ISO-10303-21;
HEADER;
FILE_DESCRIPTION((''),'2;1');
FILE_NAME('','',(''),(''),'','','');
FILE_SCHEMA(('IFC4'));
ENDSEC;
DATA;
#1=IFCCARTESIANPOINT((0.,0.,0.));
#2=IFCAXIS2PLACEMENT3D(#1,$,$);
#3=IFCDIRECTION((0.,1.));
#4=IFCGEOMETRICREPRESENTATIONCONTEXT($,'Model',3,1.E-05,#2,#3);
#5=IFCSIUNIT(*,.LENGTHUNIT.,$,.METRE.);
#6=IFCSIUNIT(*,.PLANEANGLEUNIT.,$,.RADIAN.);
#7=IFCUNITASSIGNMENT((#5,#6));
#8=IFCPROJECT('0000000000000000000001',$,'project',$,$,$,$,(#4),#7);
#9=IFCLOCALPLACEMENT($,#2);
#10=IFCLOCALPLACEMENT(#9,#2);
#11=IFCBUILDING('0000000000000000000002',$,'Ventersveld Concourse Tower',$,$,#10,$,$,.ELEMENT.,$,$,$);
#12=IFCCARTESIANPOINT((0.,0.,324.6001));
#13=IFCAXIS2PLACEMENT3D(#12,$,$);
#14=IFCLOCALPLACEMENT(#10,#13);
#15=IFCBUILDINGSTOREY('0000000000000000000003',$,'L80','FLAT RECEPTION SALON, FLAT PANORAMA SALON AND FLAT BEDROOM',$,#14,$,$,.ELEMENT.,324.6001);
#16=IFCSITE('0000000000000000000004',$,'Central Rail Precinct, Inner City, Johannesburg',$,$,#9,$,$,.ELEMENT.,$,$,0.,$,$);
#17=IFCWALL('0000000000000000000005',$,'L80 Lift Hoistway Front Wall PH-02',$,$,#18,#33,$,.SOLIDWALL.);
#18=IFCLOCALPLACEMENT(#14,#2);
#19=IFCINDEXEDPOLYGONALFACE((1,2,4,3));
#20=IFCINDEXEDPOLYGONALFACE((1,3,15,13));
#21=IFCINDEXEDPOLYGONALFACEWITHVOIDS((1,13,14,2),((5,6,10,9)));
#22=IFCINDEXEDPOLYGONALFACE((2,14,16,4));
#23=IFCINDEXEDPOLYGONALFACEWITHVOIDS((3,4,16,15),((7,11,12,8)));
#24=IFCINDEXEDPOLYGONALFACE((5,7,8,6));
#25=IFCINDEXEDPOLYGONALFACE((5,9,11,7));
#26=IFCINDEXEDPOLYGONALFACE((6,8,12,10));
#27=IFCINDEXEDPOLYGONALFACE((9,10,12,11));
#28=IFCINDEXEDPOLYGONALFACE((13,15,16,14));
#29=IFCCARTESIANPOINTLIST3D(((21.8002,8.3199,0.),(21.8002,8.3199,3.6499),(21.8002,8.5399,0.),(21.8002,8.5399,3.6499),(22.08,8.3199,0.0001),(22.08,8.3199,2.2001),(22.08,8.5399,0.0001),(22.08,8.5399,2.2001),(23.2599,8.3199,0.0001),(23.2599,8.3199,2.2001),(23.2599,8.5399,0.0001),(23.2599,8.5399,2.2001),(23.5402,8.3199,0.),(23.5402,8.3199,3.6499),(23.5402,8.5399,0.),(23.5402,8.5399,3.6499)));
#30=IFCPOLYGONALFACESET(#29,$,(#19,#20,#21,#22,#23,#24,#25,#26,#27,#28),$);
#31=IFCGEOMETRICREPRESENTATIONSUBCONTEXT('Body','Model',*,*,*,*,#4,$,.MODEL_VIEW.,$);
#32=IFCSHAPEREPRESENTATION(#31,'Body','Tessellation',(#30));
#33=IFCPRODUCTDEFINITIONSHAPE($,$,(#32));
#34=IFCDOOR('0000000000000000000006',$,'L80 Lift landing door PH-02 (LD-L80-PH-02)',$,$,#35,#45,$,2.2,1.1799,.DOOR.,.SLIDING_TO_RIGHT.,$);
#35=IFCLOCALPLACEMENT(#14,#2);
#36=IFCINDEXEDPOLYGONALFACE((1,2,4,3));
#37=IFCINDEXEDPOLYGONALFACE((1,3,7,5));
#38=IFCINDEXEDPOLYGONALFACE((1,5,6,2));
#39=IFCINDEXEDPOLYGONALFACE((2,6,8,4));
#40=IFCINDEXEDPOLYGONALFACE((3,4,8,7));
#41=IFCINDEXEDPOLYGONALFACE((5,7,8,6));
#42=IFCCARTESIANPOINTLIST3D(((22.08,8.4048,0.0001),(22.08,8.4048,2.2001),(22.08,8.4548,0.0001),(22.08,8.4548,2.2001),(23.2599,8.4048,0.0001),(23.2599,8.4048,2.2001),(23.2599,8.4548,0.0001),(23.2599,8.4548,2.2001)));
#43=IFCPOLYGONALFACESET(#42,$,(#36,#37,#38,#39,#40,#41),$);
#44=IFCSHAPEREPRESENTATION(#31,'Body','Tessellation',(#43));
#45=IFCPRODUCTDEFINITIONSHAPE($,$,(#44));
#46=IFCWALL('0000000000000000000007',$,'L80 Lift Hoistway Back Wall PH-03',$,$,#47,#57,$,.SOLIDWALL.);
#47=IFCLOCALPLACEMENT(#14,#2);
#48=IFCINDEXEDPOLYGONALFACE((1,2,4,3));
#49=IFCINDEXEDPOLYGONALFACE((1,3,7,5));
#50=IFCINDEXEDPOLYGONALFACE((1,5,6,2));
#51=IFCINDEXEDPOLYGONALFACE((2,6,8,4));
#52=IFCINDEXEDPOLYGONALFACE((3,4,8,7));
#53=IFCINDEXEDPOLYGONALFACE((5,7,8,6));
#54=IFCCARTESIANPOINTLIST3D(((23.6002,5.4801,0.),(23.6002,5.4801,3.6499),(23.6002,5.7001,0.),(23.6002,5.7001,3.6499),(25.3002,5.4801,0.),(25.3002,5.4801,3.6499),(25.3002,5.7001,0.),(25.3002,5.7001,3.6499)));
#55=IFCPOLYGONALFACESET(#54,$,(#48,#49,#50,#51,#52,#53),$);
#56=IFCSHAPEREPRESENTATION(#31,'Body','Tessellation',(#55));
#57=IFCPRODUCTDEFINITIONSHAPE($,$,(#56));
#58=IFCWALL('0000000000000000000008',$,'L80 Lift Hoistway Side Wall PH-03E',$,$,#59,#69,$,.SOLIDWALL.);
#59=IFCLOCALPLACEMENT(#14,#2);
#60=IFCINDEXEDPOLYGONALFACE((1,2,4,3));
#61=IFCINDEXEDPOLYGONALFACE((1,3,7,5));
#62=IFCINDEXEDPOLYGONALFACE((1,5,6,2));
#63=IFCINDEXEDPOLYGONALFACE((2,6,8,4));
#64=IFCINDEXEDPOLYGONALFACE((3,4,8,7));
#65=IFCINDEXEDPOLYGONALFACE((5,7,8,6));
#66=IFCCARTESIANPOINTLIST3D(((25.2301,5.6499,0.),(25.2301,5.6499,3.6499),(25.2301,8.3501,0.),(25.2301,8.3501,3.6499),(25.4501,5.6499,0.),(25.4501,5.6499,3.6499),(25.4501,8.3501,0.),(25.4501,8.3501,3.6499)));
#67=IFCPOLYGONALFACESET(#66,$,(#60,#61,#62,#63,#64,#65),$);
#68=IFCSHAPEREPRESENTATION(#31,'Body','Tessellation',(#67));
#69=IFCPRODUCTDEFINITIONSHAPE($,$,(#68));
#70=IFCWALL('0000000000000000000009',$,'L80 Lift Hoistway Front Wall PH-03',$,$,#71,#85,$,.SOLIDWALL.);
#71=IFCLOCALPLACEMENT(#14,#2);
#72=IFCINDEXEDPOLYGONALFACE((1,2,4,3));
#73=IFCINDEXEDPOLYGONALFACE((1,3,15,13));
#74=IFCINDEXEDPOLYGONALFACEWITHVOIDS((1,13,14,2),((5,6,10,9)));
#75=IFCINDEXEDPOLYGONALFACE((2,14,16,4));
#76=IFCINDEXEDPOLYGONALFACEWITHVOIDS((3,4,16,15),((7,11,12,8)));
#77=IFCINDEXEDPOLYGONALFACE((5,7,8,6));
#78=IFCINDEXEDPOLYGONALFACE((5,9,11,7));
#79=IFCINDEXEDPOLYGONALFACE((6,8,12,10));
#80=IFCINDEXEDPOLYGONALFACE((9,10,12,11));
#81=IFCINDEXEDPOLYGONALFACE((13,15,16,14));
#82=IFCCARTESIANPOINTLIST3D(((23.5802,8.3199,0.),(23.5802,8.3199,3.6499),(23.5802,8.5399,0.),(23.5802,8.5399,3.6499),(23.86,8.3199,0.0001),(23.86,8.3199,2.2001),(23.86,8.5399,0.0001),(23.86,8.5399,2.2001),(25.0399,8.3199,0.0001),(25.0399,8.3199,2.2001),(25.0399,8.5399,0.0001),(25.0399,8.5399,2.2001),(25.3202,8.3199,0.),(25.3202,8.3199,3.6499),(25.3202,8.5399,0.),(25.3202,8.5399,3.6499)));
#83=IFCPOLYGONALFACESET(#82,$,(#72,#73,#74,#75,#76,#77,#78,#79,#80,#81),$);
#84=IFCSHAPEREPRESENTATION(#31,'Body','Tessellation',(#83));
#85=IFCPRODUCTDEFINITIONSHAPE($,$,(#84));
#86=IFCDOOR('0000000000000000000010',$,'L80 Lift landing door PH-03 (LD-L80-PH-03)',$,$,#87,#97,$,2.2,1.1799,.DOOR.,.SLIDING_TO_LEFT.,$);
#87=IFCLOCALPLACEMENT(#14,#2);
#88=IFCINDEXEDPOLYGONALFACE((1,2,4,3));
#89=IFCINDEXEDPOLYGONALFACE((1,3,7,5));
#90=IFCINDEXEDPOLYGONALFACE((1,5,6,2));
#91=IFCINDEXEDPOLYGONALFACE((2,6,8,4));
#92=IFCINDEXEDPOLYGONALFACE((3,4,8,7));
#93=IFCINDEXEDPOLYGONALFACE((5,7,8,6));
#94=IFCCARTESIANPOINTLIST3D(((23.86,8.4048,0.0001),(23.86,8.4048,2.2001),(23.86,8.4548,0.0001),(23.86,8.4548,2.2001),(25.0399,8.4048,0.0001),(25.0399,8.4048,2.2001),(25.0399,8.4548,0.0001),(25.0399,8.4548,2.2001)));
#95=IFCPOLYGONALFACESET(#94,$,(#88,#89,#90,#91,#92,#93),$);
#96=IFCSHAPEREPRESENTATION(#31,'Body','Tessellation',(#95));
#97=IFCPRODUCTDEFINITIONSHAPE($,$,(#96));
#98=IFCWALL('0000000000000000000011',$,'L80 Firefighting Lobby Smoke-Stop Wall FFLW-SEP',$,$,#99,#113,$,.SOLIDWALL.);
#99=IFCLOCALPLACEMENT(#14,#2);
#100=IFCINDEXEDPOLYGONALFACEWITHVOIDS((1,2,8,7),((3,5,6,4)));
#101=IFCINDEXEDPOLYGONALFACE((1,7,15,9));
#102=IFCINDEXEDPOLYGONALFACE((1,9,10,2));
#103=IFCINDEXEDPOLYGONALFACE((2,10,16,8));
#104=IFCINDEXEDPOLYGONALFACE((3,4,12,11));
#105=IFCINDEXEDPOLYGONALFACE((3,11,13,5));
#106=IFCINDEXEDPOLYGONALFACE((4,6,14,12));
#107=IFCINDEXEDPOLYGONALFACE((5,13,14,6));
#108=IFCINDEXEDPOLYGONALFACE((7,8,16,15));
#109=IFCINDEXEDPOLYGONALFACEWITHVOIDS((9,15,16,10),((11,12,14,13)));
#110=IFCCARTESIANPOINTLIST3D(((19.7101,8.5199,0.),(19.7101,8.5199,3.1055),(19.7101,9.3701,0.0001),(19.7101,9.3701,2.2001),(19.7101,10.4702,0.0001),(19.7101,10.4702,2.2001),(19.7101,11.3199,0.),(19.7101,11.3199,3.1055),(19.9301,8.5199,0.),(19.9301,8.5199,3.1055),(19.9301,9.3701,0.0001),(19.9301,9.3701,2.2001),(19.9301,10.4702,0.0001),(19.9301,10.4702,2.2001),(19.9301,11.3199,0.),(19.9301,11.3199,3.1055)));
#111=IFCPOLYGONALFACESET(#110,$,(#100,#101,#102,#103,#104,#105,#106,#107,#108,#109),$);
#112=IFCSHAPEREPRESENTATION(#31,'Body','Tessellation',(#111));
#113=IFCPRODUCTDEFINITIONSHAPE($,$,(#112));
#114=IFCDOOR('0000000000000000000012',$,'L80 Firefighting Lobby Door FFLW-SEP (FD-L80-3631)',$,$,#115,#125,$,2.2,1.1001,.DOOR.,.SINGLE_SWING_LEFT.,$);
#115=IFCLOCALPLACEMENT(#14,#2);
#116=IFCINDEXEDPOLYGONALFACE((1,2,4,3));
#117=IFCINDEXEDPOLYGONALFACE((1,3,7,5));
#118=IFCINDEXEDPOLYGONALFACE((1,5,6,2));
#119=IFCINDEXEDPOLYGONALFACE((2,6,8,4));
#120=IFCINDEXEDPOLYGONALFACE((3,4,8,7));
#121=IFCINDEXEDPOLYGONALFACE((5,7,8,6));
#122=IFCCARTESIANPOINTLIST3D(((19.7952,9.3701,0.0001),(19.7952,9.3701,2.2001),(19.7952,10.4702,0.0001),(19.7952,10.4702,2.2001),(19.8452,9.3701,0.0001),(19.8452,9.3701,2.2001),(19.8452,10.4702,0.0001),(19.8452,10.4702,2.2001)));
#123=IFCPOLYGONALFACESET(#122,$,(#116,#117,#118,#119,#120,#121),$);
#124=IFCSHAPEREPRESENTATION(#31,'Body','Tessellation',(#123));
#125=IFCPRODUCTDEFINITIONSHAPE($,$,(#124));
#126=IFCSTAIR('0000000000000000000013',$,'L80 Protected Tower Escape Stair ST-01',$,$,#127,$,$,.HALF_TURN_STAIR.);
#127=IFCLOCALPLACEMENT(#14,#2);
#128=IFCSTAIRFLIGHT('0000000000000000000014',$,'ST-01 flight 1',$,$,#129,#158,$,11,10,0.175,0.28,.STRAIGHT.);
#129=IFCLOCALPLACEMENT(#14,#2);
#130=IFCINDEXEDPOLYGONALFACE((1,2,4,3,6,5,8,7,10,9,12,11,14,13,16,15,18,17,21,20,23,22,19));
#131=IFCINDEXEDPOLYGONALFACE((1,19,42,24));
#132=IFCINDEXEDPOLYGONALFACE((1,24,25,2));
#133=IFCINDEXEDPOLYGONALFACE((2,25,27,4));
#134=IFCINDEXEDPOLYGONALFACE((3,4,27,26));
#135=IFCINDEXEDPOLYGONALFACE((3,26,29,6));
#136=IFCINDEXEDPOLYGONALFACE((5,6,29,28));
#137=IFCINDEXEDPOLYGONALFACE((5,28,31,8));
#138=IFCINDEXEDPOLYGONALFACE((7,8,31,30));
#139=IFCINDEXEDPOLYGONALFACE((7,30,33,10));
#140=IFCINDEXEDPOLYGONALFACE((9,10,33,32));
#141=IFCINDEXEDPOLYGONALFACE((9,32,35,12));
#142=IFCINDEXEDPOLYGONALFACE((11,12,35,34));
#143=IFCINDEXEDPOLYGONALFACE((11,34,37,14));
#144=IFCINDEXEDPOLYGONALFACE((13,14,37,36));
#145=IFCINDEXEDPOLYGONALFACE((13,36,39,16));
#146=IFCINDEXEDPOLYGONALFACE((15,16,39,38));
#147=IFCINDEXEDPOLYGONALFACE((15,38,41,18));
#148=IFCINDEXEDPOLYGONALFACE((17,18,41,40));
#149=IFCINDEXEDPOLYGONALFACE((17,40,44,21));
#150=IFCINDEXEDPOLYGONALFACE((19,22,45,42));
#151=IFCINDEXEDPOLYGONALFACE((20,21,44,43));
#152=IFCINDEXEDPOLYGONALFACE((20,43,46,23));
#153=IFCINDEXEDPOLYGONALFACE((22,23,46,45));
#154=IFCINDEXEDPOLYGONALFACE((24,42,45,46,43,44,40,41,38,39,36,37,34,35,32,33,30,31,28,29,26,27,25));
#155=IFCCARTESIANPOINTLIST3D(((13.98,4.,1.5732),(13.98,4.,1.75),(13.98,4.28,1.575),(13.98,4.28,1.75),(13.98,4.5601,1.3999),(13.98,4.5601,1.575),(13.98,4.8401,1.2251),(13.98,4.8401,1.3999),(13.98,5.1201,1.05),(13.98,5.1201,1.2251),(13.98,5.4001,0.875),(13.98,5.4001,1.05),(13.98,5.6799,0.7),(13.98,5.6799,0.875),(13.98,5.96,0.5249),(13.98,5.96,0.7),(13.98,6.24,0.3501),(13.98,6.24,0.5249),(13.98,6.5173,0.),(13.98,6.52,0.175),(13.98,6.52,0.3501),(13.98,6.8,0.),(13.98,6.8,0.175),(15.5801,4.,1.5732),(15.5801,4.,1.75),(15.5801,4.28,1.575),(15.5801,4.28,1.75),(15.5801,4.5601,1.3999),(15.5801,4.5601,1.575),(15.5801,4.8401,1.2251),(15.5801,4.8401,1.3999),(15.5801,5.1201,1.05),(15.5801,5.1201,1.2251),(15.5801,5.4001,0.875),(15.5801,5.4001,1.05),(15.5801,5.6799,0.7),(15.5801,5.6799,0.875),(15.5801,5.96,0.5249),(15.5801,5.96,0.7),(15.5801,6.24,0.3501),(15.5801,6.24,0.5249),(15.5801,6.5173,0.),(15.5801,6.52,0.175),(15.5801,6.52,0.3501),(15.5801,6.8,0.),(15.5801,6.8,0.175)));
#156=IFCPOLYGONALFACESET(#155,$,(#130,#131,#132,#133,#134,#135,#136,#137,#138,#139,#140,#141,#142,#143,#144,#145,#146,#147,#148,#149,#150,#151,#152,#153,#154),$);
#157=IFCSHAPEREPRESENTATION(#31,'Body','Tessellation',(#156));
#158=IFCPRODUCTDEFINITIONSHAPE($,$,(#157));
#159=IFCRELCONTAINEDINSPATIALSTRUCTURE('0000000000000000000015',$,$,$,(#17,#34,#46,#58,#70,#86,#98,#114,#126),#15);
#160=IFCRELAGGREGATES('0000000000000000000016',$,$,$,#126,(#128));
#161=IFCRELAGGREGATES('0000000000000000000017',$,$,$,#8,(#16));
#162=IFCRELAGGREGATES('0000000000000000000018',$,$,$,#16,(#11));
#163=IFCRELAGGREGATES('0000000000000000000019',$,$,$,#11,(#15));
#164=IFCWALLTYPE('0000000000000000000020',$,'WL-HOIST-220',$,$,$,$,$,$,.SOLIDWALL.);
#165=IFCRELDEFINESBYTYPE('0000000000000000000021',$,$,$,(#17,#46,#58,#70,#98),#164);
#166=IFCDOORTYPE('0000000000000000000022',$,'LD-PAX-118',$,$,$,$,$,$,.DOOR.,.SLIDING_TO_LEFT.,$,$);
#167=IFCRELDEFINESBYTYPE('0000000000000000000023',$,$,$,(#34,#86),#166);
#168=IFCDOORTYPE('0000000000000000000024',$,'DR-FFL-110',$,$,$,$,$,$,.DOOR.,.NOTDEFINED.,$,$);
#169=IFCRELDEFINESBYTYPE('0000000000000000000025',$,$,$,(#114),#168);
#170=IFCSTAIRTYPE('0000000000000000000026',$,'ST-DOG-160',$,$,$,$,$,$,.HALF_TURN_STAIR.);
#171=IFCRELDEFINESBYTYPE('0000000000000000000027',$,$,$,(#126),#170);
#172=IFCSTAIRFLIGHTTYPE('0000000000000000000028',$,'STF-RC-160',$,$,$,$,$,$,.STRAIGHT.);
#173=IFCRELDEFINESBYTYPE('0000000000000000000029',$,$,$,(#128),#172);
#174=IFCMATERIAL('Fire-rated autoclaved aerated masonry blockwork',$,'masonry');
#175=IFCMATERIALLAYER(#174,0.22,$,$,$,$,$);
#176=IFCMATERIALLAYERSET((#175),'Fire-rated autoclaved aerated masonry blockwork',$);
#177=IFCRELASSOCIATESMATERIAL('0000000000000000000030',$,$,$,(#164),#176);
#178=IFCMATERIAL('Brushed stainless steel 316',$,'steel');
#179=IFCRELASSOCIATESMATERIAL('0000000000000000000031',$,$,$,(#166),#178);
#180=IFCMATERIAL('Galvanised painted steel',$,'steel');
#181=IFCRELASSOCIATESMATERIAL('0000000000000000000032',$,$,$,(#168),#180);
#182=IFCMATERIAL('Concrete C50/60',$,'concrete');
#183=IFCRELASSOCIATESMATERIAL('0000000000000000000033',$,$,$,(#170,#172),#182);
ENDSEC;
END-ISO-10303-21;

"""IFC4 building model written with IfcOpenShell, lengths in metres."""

from ifc_helpers import new_model, si_unit, direction, frame, frame_2d, origin, place, context, subcontext, project, spatial, polyline, rectangle, outline, extrude, material, layer, layer_set, type_object, element, fill, aggregate, save


model = new_model("IFC4")

# Units and contexts
model_context = context("Model", 3, precision=1e-05, world=origin(), true_north=direction((0.0, 1.0)))
body_context = subcontext(model_context, "Body", "Model", "MODEL_VIEW")
ifc_project = project(units=[si_unit("LENGTHUNIT", "METRE"), si_unit("PLANEANGLEUNIT", "RADIAN")], contexts=[model_context])

# Site, building, storey
site_placement = place(None, origin())
site = spatial("IfcSite", under=ifc_project, at=site_placement, Name="Central Rail Precinct, Inner City, Johannesburg", CompositionType="ELEMENT", RefElevation=0.0)
building_placement = place(site_placement, origin())
building = spatial("IfcBuilding", under=site, at=building_placement, Name="Ventersveld Concourse Tower", CompositionType="ELEMENT")
storey_placement = place(building_placement, frame((0.0, 0.0, 324.6001)))
storey = spatial("IfcBuildingStorey", under=building, at=storey_placement, Name="L80", Description="FLAT RECEPTION SALON, FLAT PANORAMA SALON AND FLAT BEDROOM", CompositionType="ELEMENT", Elevation=324.6001)

# Shared definitions
ifc_material_1 = material(Name="Concrete C50/60", Category="concrete")

# Shared definitions
ifc_material_2 = material(Name="Fire-rated autoclaved aerated masonry blockwork", Category="masonry")
ifc_material_3 = material(Name="Galvanised painted steel", Category="steel")

# Shared definitions
ifc_layer_1 = layer(ifc_material_2, 0.22)
ifc_layer_set_1 = layer_set([ifc_layer_1], Name="Fire-rated autoclaved aerated masonry blockwork")
wall_type_1 = type_object("IfcWallType", Name="WL-HOIST-220", PredefinedType="SOLIDWALL", material=ifc_layer_set_1)

# Shared definitions
ifc_material_4 = material(Name="Brushed stainless steel 316", Category="steel")

# Shared definitions
door_type_1 = type_object("IfcDoorType", Name="LD-PAX-118", OperationType="SLIDING_TO_LEFT", PredefinedType="DOOR", material=ifc_material_4)

# Wall, opening, door
wall_1_placement = place(storey_placement, frame((21.8, 8.4299, 0.0), z_axis=(0.0, 0.0, 1.0), x_axis=(1.0, 0.0, 0.0)))
wall_1 = element("IfcWall", 1, at=wall_1_placement, inside=storey, type_object=wall_type_1, Name="L80 Lift Hoistway Front Wall PH-02", PredefinedType="SOLIDWALL", context=body_context, shape_type="SweptSolid", body=[
    extrude(rectangle(XDim=1.74, YDim=0.22, at=frame_2d((0.8701, 0.0))), origin(), (0.0, 0.0, 1.0), 3.6499),
])
opening_1_placement = place(wall_1_placement, frame((0.28, 0.0, 0.0)))
opening_1 = element("IfcOpeningElement", 2, at=opening_1_placement, cuts=wall_1, PredefinedType="OPENING", context=body_context, shape_type="SweptSolid", body=[
    extrude(rectangle(XDim=1.1799, YDim=2.2, at=frame_2d((0.5898, 1.1001))), frame((0.0, 0.1201, 0.0), z_axis=(0.0, -1.0, 0.0), x_axis=(1.0, 0.0, 0.0)), (0.0, 0.0, 1.0), 0.24),
])
door_1_placement = place(opening_1_placement, origin())
door_1 = element("IfcDoor", 3, at=door_1_placement, inside=storey, type_object=door_type_1, Name="L80 Lift landing door PH-02 (LD-L80-PH-02)", OperationType="SLIDING_TO_RIGHT", OverallHeight=2.2, OverallWidth=1.1799, PredefinedType="DOOR", context=body_context, shape_type="SweptSolid", body=[
    extrude(rectangle(XDim=1.1799, YDim=2.2, at=frame_2d((0.5898, 1.1001))), frame((0.0, 0.0249, 0.0), z_axis=(0.0, -1.0, 0.0), x_axis=(1.0, 0.0, 0.0)), (0.0, 0.0, 1.0), 0.05),
])
fill(opening_1, door_1)

# Walls
wall_2_placement = place(storey_placement, frame((23.6001, 5.5901, 0.0), z_axis=(0.0, 0.0, 1.0), x_axis=(1.0, 0.0, 0.0)))
element("IfcWall", 4, at=wall_2_placement, inside=storey, type_object=wall_type_1, Name="L80 Lift Hoistway Back Wall PH-03", PredefinedType="SOLIDWALL", context=body_context, shape_type="SweptSolid", body=[
    extrude(rectangle(XDim=1.7, YDim=0.22, at=frame_2d((0.8501, 0.0))), origin(), (0.0, 0.0, 1.0), 3.6499),
])
wall_3_placement = place(storey_placement, frame((25.3401, 5.6499, 0.0), z_axis=(0.0, 0.0, 1.0), x_axis=(0.0, 1.0, 0.0)))
element("IfcWall", 5, at=wall_3_placement, inside=storey, type_object=wall_type_1, Name="L80 Lift Hoistway Side Wall PH-03E", PredefinedType="SOLIDWALL", context=body_context, shape_type="SweptSolid", body=[
    extrude(rectangle(XDim=2.7002, YDim=0.22, at=frame_2d((1.3501, 0.0))), origin(), (0.0, 0.0, 1.0), 3.6499),
])

# Walls, openings, doors
wall_4_placement = place(storey_placement, frame((23.5801, 8.4299, 0.0), z_axis=(0.0, 0.0, 1.0), x_axis=(1.0, 0.0, 0.0)))
wall_4 = element("IfcWall", 6, at=wall_4_placement, inside=storey, type_object=wall_type_1, Name="L80 Lift Hoistway Front Wall PH-03", PredefinedType="SOLIDWALL", context=body_context, shape_type="SweptSolid", body=[
    extrude(rectangle(XDim=1.74, YDim=0.22, at=frame_2d((0.8701, 0.0))), origin(), (0.0, 0.0, 1.0), 3.6499),
])
opening_2_placement = place(wall_4_placement, frame((0.28, 0.0, 0.0)))
opening_2 = element("IfcOpeningElement", 7, at=opening_2_placement, cuts=wall_4, PredefinedType="OPENING", context=body_context, shape_type="SweptSolid", body=[
    extrude(rectangle(XDim=1.1799, YDim=2.2, at=frame_2d((0.5898, 1.1001))), frame((0.0, 0.1201, 0.0), z_axis=(0.0, -1.0, 0.0), x_axis=(1.0, 0.0, 0.0)), (0.0, 0.0, 1.0), 0.24),
])
door_2_placement = place(opening_2_placement, origin())
door_2 = element("IfcDoor", 8, at=door_2_placement, inside=storey, type_object=door_type_1, Name="L80 Lift landing door PH-03 (LD-L80-PH-03)", OperationType="SLIDING_TO_LEFT", OverallHeight=2.2, OverallWidth=1.1799, PredefinedType="DOOR", context=body_context, shape_type="SweptSolid", body=[
    extrude(rectangle(XDim=1.1799, YDim=2.2, at=frame_2d((0.5898, 1.1001))), frame((0.0, 0.0249, 0.0), z_axis=(0.0, -1.0, 0.0), x_axis=(1.0, 0.0, 0.0)), (0.0, 0.0, 1.0), 0.05),
])
fill(opening_2, door_2)
wall_5_placement = place(storey_placement, frame((19.8201, 8.52, 0.0), z_axis=(0.0, 0.0, 1.0), x_axis=(0.0, 1.0, 0.0)))
wall_5 = element("IfcWall", 9, at=wall_5_placement, inside=storey, type_object=wall_type_1, Name="L80 Firefighting Lobby Smoke-Stop Wall FFLW-SEP", PredefinedType="SOLIDWALL", context=body_context, shape_type="SweptSolid", body=[
    extrude(rectangle(XDim=2.8, YDim=0.22, at=frame_2d((1.3999, 0.0))), origin(), (0.0, 0.0, 1.0), 3.1055),
])
opening_3_placement = place(wall_5_placement, frame((0.8501, 0.0, 0.0)))
opening_3 = element("IfcOpeningElement", 10, at=opening_3_placement, cuts=wall_5, PredefinedType="OPENING", context=body_context, shape_type="SweptSolid", body=[
    extrude(rectangle(XDim=1.1001, YDim=2.2, at=frame_2d((0.55, 1.1001))), frame((0.0, 0.1201, 0.0), z_axis=(0.0, -1.0, 0.0), x_axis=(1.0, 0.0, 0.0)), (0.0, 0.0, 1.0), 0.24),
])
door_type_2 = type_object("IfcDoorType", Name="DR-FFL-110", OperationType="NOTDEFINED", PredefinedType="DOOR", material=ifc_material_3)
door_3_placement = place(opening_3_placement, origin())
door_3 = element("IfcDoor", 11, at=door_3_placement, inside=storey, type_object=door_type_2, Name="L80 Firefighting Lobby Door FFLW-SEP (FD-L80-3631)", OperationType="SINGLE_SWING_LEFT", OverallHeight=2.2, OverallWidth=1.1001, PredefinedType="DOOR", context=body_context, shape_type="SweptSolid", body=[
    extrude(rectangle(XDim=1.1001, YDim=2.2, at=frame_2d((0.55, 1.1001))), frame((0.0, 0.0249, 0.0), z_axis=(0.0, -1.0, 0.0), x_axis=(1.0, 0.0, 0.0)), (0.0, 0.0, 1.0), 0.05),
])
fill(opening_3, door_3)

# Stair, stair flight
stair_type = type_object("IfcStairType", Name="ST-DOG-160", PredefinedType="HALF_TURN_STAIR", material=ifc_material_1)
stair_placement = place(storey_placement, origin())
stair = element("IfcStair", 12, at=stair_placement, inside=storey, type_object=stair_type, Name="L80 Protected Tower Escape Stair ST-01", PredefinedType="HALF_TURN_STAIR")
stair_flight_type = type_object("IfcStairFlightType", Name="STF-RC-160", PredefinedType="STRAIGHT", material=ifc_material_1)
stair_flight_1_placement = place(storey_placement, frame((14.78, 6.8, 0.0), z_axis=(0.0, 0.0, 1.0), x_axis=(0.0, -1.0, 0.0)))
stair_flight_1 = element("IfcStairFlight", 13, at=stair_flight_1_placement, type_object=stair_flight_type, Name="ST-01 flight 1", NumberOfRisers=11, NumberOfTreads=10, PredefinedType="STRAIGHT", RiserHeight=0.175, TreadLength=0.28, context=body_context, shape_type="SweptSolid", body=[
    extrude(outline(polyline([(0.0, 0.0), (0.0, 0.175), (0.28, 0.175), (0.28, 0.3501), (0.5601, 0.3501), (0.5601, 0.5249), (0.8401, 0.5249), (0.8401, 0.7), (1.1201, 0.7), (1.1201, 0.875), (1.3999, 0.875), (1.3999, 1.05), (1.6799, 1.05), (1.6799, 1.2251), (1.96, 1.2251), (1.96, 1.3999), (2.24, 1.3999), (2.24, 1.575), (2.52, 1.575), (2.52, 1.75), (2.8, 1.75), (2.8, 1.925), (2.8, 1.5732), (0.2827, 0.0), (0.0, 0.0)])), frame((0.0, 0.8, 0.0), z_axis=(0.0, -1.0, 0.0), x_axis=(1.0, 0.0, 0.0)), (0.0, 0.0, 1.0), 1.6001),
])
aggregate(stair, [stair_flight_1])

save(model, "model.ifc")
